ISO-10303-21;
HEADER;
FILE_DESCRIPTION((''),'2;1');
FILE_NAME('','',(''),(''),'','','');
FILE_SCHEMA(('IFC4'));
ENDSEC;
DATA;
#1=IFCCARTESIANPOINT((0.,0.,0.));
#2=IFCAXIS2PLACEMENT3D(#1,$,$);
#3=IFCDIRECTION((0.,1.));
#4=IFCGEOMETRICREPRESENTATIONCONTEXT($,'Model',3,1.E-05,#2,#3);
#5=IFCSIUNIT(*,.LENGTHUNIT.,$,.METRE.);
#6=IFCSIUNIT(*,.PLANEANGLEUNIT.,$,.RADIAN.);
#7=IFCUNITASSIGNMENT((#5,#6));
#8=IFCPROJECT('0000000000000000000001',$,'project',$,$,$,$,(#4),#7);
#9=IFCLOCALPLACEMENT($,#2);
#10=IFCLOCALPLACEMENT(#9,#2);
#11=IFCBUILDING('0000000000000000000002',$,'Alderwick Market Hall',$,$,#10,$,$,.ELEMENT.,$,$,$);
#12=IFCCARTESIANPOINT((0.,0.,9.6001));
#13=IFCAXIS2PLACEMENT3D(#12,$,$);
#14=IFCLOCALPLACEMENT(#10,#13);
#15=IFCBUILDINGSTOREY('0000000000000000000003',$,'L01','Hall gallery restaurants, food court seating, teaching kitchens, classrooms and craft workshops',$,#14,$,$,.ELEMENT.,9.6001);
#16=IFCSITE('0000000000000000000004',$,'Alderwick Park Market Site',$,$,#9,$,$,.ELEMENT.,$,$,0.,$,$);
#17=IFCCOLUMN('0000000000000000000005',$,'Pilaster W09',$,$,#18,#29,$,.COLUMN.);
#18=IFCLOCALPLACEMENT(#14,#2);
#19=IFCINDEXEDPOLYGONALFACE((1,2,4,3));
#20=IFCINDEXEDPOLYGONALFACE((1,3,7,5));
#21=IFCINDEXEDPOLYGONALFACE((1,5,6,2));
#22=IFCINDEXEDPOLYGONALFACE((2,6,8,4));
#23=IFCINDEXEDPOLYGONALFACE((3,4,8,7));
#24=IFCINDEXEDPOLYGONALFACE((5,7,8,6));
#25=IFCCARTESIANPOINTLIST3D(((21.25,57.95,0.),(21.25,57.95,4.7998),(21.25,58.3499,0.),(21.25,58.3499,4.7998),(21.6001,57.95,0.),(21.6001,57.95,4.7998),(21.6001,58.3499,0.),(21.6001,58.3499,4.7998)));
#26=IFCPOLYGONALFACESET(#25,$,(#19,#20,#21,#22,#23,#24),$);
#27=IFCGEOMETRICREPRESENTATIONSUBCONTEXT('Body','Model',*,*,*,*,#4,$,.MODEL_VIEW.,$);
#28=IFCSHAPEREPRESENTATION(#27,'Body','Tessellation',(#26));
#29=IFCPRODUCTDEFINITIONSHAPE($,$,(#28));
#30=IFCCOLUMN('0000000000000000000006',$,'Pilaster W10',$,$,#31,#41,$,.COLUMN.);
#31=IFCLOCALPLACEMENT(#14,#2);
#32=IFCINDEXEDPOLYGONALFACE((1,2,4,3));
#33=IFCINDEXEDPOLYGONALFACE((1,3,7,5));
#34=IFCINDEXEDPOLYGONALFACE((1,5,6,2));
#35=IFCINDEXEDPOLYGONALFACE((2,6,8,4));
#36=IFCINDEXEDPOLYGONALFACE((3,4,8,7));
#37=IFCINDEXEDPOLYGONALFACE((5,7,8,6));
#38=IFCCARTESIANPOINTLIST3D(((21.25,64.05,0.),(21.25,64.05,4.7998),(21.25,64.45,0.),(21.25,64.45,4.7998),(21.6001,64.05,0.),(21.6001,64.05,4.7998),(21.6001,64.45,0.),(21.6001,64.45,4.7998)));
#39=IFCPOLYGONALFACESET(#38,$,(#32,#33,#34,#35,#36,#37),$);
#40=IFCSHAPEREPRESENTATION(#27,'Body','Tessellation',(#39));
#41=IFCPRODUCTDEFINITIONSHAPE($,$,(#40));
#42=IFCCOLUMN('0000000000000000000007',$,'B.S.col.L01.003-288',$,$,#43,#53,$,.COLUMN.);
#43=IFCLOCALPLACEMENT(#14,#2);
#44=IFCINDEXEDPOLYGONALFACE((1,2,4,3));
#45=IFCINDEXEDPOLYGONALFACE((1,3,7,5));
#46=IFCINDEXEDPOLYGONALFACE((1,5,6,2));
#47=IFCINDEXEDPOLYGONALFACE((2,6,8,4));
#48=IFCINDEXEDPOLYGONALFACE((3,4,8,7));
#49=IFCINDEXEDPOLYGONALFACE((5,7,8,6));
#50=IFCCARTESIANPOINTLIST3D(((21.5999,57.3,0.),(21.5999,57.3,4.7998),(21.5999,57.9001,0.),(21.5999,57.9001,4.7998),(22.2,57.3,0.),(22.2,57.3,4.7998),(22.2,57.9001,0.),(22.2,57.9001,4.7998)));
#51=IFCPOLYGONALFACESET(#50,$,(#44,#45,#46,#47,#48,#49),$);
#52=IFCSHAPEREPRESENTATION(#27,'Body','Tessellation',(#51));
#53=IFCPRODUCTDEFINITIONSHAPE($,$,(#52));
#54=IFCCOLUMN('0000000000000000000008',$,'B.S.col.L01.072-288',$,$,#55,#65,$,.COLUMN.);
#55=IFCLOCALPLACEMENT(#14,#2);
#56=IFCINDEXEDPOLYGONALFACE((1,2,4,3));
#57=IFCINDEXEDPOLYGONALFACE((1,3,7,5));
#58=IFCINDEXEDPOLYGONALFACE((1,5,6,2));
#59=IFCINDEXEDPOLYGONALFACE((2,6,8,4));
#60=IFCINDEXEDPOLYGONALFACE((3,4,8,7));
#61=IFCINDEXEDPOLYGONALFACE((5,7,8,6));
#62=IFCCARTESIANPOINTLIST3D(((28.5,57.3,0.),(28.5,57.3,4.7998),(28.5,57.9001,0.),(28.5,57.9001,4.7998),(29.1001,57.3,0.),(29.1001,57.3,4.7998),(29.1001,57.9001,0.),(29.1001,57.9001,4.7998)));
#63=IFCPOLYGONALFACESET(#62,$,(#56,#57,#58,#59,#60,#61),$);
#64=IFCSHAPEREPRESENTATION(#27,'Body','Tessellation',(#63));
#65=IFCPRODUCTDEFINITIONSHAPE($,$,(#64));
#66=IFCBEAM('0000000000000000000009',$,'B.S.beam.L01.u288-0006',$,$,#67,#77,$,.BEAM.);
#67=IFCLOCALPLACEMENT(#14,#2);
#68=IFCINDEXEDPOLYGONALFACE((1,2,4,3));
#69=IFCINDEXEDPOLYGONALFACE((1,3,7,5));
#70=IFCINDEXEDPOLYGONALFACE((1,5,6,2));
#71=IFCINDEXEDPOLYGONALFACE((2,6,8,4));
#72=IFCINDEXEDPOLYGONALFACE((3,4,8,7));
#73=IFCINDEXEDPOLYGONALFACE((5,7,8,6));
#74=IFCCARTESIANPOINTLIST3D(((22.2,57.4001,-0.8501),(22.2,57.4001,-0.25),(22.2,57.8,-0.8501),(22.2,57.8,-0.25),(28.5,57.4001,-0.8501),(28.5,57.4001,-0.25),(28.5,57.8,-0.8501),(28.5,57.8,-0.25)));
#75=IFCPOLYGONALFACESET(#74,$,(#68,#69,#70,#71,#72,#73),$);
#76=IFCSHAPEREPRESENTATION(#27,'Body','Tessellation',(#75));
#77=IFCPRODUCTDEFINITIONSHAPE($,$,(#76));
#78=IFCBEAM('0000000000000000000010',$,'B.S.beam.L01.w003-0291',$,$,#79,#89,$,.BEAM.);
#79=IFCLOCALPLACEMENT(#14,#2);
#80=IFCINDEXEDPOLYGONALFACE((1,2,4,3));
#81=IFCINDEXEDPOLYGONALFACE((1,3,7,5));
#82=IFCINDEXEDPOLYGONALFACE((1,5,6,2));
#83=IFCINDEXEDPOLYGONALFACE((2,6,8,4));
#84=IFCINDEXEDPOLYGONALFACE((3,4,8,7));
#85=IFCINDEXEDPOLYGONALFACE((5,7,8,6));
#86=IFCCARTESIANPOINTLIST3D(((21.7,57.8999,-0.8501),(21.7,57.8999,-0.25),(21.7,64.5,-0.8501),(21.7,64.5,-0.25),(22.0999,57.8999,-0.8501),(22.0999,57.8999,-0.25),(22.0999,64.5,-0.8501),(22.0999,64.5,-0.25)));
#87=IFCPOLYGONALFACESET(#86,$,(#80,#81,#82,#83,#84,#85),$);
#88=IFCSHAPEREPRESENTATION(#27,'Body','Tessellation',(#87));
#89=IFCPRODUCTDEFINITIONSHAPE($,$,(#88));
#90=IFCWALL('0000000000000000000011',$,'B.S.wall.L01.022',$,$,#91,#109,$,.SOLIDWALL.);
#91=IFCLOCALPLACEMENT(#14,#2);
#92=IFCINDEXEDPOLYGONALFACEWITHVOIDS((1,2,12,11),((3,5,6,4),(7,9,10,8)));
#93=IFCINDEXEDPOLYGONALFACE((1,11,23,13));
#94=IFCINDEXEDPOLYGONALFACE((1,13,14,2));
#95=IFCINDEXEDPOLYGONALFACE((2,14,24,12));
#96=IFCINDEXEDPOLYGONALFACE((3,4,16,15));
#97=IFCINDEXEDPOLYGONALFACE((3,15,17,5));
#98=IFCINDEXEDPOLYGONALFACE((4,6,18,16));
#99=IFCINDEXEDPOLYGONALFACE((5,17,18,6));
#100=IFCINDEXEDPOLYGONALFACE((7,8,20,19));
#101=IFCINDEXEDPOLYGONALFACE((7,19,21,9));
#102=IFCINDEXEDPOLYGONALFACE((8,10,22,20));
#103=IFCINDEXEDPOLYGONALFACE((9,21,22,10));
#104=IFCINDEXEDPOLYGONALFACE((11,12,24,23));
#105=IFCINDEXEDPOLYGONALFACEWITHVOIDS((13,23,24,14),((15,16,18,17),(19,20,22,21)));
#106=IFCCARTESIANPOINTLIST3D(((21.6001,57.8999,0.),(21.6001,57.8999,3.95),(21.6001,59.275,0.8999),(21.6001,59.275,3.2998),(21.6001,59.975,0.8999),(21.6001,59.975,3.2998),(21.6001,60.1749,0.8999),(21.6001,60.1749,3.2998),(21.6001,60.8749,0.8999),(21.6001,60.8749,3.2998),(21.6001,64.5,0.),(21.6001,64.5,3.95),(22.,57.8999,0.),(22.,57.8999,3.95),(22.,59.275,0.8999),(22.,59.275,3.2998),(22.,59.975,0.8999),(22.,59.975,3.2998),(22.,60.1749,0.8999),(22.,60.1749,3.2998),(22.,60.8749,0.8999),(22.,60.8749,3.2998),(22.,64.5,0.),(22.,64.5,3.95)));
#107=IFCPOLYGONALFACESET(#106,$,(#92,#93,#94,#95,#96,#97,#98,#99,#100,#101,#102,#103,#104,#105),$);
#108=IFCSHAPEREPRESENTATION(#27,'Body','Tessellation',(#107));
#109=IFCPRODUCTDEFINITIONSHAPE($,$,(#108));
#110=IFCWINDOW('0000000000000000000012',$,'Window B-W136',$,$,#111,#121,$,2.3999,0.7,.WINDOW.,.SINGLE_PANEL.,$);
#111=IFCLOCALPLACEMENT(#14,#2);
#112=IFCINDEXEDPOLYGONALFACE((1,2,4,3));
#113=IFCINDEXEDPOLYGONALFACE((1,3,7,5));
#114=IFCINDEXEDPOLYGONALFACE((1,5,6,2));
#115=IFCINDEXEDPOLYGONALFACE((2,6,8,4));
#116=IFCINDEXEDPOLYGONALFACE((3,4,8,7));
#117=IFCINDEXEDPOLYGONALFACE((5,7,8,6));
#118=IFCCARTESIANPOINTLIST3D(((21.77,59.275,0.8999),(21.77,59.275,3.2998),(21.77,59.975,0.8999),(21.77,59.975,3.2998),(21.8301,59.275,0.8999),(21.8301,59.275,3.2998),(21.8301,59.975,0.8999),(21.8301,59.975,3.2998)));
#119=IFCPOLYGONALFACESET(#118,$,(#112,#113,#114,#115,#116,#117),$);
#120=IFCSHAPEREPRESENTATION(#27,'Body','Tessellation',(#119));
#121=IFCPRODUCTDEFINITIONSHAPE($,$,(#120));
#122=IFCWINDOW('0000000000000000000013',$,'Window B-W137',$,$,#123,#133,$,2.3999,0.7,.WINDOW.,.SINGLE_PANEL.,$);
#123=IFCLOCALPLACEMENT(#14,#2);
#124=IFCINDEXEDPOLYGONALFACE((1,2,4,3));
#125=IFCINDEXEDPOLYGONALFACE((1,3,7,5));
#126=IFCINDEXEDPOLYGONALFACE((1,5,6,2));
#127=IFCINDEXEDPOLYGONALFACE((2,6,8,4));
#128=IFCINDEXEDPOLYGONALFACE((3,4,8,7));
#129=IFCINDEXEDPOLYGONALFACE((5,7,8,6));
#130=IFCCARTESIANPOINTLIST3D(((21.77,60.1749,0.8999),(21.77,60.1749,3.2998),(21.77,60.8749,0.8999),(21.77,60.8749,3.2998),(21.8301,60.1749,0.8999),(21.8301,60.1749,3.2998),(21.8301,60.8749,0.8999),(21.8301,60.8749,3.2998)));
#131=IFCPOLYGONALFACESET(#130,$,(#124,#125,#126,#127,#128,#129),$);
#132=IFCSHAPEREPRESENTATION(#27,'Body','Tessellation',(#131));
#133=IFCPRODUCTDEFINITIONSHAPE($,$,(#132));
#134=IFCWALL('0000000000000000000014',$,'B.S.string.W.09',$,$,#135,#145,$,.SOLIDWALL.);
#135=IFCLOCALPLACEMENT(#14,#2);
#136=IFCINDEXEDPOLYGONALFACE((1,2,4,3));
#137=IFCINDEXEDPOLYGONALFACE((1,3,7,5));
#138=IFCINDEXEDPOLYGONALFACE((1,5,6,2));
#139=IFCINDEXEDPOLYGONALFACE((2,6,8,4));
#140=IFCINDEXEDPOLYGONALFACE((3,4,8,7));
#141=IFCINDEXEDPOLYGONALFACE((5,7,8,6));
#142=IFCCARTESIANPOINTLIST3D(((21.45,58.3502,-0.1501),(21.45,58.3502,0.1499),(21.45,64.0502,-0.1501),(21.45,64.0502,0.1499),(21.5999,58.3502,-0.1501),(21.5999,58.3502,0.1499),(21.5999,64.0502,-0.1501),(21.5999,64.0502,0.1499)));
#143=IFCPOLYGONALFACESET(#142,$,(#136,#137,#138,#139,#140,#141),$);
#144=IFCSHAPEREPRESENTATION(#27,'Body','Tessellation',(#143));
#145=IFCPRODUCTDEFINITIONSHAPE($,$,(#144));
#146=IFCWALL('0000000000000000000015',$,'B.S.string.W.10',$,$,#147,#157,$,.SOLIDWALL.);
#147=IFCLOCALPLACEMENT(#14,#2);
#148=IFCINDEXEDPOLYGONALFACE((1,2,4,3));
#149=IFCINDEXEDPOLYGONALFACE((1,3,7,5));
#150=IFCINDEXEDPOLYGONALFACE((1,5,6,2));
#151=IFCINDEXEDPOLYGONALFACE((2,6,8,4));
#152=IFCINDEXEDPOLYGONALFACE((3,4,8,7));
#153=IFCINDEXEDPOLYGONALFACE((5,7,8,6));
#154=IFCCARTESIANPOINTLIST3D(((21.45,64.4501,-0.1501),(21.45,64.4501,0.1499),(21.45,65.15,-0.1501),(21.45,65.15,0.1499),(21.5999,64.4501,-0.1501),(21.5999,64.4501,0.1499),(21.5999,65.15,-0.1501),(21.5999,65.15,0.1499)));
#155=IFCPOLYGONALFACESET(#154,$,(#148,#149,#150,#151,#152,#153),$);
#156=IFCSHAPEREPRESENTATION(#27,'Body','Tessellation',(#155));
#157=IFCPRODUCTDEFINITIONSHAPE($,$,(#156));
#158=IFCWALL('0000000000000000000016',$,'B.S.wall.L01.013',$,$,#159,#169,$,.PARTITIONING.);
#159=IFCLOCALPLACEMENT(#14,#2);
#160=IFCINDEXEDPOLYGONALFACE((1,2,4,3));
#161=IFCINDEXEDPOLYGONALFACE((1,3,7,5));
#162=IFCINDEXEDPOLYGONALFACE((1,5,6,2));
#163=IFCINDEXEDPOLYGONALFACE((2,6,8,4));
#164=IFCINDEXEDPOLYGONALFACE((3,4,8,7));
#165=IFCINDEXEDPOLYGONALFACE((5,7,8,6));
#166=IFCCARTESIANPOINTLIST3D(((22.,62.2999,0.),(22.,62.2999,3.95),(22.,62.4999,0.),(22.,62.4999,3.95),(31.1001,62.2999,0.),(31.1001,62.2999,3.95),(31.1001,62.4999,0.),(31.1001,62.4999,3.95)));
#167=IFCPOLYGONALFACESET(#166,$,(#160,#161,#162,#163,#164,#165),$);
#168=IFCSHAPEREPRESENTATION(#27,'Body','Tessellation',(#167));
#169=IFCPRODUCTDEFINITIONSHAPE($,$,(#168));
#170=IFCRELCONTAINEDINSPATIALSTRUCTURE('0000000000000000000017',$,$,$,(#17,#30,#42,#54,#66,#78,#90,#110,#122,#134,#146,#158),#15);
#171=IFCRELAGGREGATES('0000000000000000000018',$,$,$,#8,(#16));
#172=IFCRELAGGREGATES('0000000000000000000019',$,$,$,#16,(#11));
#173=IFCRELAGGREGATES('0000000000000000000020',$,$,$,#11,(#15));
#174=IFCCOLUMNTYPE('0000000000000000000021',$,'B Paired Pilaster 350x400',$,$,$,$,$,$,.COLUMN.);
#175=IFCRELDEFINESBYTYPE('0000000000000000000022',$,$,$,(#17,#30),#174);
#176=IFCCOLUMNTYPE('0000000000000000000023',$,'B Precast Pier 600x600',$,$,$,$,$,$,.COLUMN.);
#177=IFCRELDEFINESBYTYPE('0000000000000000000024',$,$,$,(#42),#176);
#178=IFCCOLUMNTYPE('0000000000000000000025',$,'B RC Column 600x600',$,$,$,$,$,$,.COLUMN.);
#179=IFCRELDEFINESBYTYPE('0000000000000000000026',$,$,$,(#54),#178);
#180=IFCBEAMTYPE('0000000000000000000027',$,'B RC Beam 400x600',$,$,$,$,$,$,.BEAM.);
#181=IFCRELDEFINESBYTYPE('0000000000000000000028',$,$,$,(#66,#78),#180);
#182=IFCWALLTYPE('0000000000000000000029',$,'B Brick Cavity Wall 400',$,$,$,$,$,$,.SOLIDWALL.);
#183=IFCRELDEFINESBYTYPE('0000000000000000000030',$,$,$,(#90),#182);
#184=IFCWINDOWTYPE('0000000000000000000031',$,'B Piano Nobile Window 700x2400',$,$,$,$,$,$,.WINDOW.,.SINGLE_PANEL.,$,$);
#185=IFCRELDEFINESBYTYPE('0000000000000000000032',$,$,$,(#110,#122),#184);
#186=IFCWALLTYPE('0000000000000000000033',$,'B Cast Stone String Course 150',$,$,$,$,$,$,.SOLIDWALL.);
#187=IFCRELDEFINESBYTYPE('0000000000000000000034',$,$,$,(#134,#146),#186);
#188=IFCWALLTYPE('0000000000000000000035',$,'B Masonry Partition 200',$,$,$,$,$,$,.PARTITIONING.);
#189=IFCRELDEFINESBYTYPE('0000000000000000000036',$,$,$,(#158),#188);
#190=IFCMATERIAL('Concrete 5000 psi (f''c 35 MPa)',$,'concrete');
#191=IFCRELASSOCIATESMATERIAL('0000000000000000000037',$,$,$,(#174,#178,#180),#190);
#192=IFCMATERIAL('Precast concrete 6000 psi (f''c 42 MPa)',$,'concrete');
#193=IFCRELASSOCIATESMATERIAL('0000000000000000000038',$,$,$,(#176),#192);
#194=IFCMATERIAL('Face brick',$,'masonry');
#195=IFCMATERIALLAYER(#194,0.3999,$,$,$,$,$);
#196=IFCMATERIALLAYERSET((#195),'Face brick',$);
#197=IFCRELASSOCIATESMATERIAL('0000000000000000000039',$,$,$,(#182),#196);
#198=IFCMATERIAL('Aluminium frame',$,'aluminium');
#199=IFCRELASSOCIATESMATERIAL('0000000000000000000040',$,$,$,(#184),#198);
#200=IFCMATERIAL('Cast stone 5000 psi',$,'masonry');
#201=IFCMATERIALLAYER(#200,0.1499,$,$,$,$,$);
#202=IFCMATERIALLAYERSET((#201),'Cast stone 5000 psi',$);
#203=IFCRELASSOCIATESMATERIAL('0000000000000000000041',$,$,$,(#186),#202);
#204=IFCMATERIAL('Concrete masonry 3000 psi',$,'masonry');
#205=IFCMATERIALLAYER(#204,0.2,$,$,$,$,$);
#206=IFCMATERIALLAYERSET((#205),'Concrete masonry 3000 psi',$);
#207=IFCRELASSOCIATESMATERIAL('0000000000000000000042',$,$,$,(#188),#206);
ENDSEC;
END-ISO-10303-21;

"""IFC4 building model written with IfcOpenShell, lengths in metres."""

from ifc_helpers import new_model, si_unit, direction, frame, frame_2d, origin, origin_2d, place, context, subcontext, project, spatial, rectangle, extrude, material, layer, layer_set, material_profile, profile_set, type_object, element, fill, save


model = new_model("IFC4")

# Units and contexts
model_context = context("Model", 3, precision=1e-05, world=origin(), true_north=direction((0.0, 1.0)))
body_context = subcontext(model_context, "Body", "Model", "MODEL_VIEW")
ifc_project = project(units=[si_unit("LENGTHUNIT", "METRE"), si_unit("PLANEANGLEUNIT", "RADIAN")], contexts=[model_context])

# Site, building, storey
site_placement = place(None, origin())
site = spatial("IfcSite", under=ifc_project, at=site_placement, Name="Alderwick Park Market Site", CompositionType="ELEMENT", RefElevation=0.0)
building_placement = place(site_placement, origin())
building = spatial("IfcBuilding", under=site, at=building_placement, Name="Alderwick Market Hall", CompositionType="ELEMENT")
storey_placement = place(building_placement, frame((0.0, 0.0, 9.6001)))
storey = spatial("IfcBuildingStorey", under=building, at=storey_placement, Name="L01", Description="Hall gallery restaurants, food court seating, teaching kitchens, classrooms and craft workshops", CompositionType="ELEMENT", Elevation=9.6001)

# Columns
ifc_material_1 = material(Name="Concrete 5000 psi (f'c 35 MPa)", Category="concrete")
ifc_material_profile_1 = material_profile(ifc_material_1, rectangle(XDim=0.3501, YDim=0.3999, at=origin_2d()), Name="B Paired Pilaster 350x400")
ifc_profile_set_1 = profile_set([ifc_material_profile_1], Name="Concrete 5000 psi (f'c 35 MPa)")
column_type_1 = type_object("IfcColumnType", Name="B Paired Pilaster 350x400", PredefinedType="COLUMN", material=ifc_profile_set_1)
for number, where, z_axis, x_axis, name in (
    (1, (21.425, 58.1499, 0.0), (0.0, 0.0, 1.0), (1.0, 0.0, 0.0), "Pilaster W09"),
    (2, (21.425, 64.25, 0.0), (0.0, 0.0, 1.0), (1.0, 0.0, 0.0), "Pilaster W10"),
):
    element("IfcColumn", number, at=place(storey_placement, frame(where, z_axis=z_axis, x_axis=x_axis)), inside=storey, type_object=column_type_1, Name=name, PredefinedType="COLUMN", context=body_context, shape_type="SweptSolid", body=[
        extrude(rectangle(XDim=0.3501, YDim=0.3999, at=origin_2d()), origin(), (0.0, 0.0, 1.0), 4.7998),
    ])
ifc_material_2 = material(Name="Precast concrete 6000 psi (f'c 42 MPa)", Category="concrete")
ifc_material_profile_2 = material_profile(ifc_material_2, rectangle(XDim=0.6001, YDim=0.6001, at=origin_2d()), Name="B Precast Pier 600x600")
ifc_profile_set_2 = profile_set([ifc_material_profile_2], Name="Precast concrete 6000 psi (f'c 42 MPa)")
column_type_2 = type_object("IfcColumnType", Name="B Precast Pier 600x600", PredefinedType="COLUMN", material=ifc_profile_set_2)
column_1_placement = place(storey_placement, frame((21.8999, 57.6001, 0.0), z_axis=(0.0, 0.0, 1.0), x_axis=(1.0, 0.0, 0.0)))
element("IfcColumn", 3, at=column_1_placement, inside=storey, type_object=column_type_2, Name="B.S.col.L01.003-288", PredefinedType="COLUMN", context=body_context, shape_type="SweptSolid", body=[
    extrude(rectangle(XDim=0.6001, YDim=0.6001, at=origin_2d()), origin(), (0.0, 0.0, 1.0), 4.7998),
])
ifc_material_profile_3 = material_profile(ifc_material_1, rectangle(XDim=0.6001, YDim=0.6001, at=origin_2d()), Name="B RC Column 600x600")
ifc_profile_set_3 = profile_set([ifc_material_profile_3], Name="Concrete 5000 psi (f'c 35 MPa)")
column_type_3 = type_object("IfcColumnType", Name="B RC Column 600x600", PredefinedType="COLUMN", material=ifc_profile_set_3)
column_2_placement = place(storey_placement, frame((28.8, 57.6001, 0.0), z_axis=(0.0, 0.0, 1.0), x_axis=(1.0, 0.0, 0.0)))
element("IfcColumn", 4, at=column_2_placement, inside=storey, type_object=column_type_3, Name="B.S.col.L01.072-288", PredefinedType="COLUMN", context=body_context, shape_type="SweptSolid", body=[
    extrude(rectangle(XDim=0.6001, YDim=0.6001, at=origin_2d()), origin(), (0.0, 0.0, 1.0), 4.7998),
])

# Beams
ifc_material_profile_4 = material_profile(ifc_material_1, rectangle(XDim=0.3999, YDim=0.6001, at=origin_2d()), Name="B RC Beam 400x600")
ifc_profile_set_4 = profile_set([ifc_material_profile_4], Name="Concrete 5000 psi (f'c 35 MPa)")
beam_type = type_object("IfcBeamType", Name="B RC Beam 400x600", PredefinedType="BEAM", material=ifc_profile_set_4)
beam_1_placement = place(storey_placement, frame((22.2, 57.6001, -0.55), z_axis=(1.0, 0.0, 0.0), x_axis=(0.0, 1.0, 0.0)))
element("IfcBeam", 5, at=beam_1_placement, inside=storey, type_object=beam_type, Name="B.S.beam.L01.u288-0006", PredefinedType="BEAM", context=body_context, shape_type="SweptSolid", body=[
    extrude(rectangle(XDim=0.3999, YDim=0.6001, at=origin_2d()), origin(), (0.0, 0.0, 1.0), 6.3),
])
beam_2_placement = place(storey_placement, frame((21.8999, 57.8999, -0.55), z_axis=(0.0, 1.0, 0.0), x_axis=(-1.0, 0.0, 0.0)))
element("IfcBeam", 6, at=beam_2_placement, inside=storey, type_object=beam_type, Name="B.S.beam.L01.w003-0291", PredefinedType="BEAM", context=body_context, shape_type="SweptSolid", body=[
    extrude(rectangle(XDim=0.3999, YDim=0.6001, at=origin_2d()), origin(), (0.0, 0.0, 1.0), 6.6001),
])

# Wall, openings, windows
ifc_material_3 = material(Name="Face brick", Category="masonry")
ifc_layer_1 = layer(ifc_material_3, 0.3999)
ifc_layer_set_1 = layer_set([ifc_layer_1], Name="Face brick")
wall_type_1 = type_object("IfcWallType", Name="B Brick Cavity Wall 400", PredefinedType="SOLIDWALL", material=ifc_layer_set_1)
wall_1_placement = place(storey_placement, frame((21.8, 57.8999, 0.0), z_axis=(0.0, 0.0, 1.0), x_axis=(0.0, 1.0, 0.0)))
wall_1 = element("IfcWall", 7, at=wall_1_placement, inside=storey, type_object=wall_type_1, Name="B.S.wall.L01.022", PredefinedType="SOLIDWALL", context=body_context, shape_type="SweptSolid", body=[
    extrude(rectangle(XDim=6.6001, YDim=0.3999, at=frame_2d((3.3, 0.0))), origin(), (0.0, 0.0, 1.0), 3.95),
])
opening_1_placement = place(wall_1_placement, frame((1.375, 0.0, 0.8999)))
opening_1 = element("IfcOpeningElement", 8, at=opening_1_placement, cuts=wall_1, PredefinedType="OPENING", context=body_context, shape_type="SweptSolid", body=[
    extrude(rectangle(XDim=0.7, YDim=2.3999, at=frame_2d((0.3501, 1.2))), frame((0.0, 0.21, 0.0), z_axis=(0.0, -1.0, 0.0), x_axis=(1.0, 0.0, 0.0)), (0.0, 0.0, 1.0), 0.4199),
])
opening_2_placement = place(wall_1_placement, frame((2.2749, 0.0, 0.8999)))
opening_2 = element("IfcOpeningElement", 9, at=opening_2_placement, cuts=wall_1, PredefinedType="OPENING", context=body_context, shape_type="SweptSolid", body=[
    extrude(rectangle(XDim=0.7, YDim=2.3999, at=frame_2d((0.3501, 1.2))), frame((0.0, 0.21, 0.0), z_axis=(0.0, -1.0, 0.0), x_axis=(1.0, 0.0, 0.0)), (0.0, 0.0, 1.0), 0.4199),
])
ifc_material_4 = material(Name="Aluminium frame", Category="aluminium")
window_type = type_object("IfcWindowType", Name="B Piano Nobile Window 700x2400", PartitioningType="SINGLE_PANEL", PredefinedType="WINDOW", material=ifc_material_4)
window_1_placement = place(opening_1_placement, origin())
window_1 = element("IfcWindow", 10, at=window_1_placement, inside=storey, type_object=window_type, Name="Window B-W136", OverallHeight=2.3999, OverallWidth=0.7, PartitioningType="SINGLE_PANEL", PredefinedType="WINDOW", context=body_context, shape_type="SweptSolid", body=[
    extrude(rectangle(XDim=0.7, YDim=2.3999, at=frame_2d((0.3501, 1.2))), frame((0.0, 0.03, 0.0), z_axis=(0.0, -1.0, 0.0), x_axis=(1.0, 0.0, 0.0)), (0.0, 0.0, 1.0), 0.0601),
])
fill(opening_1, window_1)
window_2_placement = place(opening_2_placement, origin())
window_2 = element("IfcWindow", 11, at=window_2_placement, inside=storey, type_object=window_type, Name="Window B-W137", OverallHeight=2.3999, OverallWidth=0.7, PartitioningType="SINGLE_PANEL", PredefinedType="WINDOW", context=body_context, shape_type="SweptSolid", body=[
    extrude(rectangle(XDim=0.7, YDim=2.3999, at=frame_2d((0.3501, 1.2))), frame((0.0, 0.03, 0.0), z_axis=(0.0, -1.0, 0.0), x_axis=(1.0, 0.0, 0.0)), (0.0, 0.0, 1.0), 0.0601),
])
fill(opening_2, window_2)

# Walls
ifc_material_5 = material(Name="Cast stone 5000 psi", Category="masonry")
ifc_layer_2 = layer(ifc_material_5, 0.1499)
ifc_layer_set_2 = layer_set([ifc_layer_2], Name="Cast stone 5000 psi")
wall_type_2 = type_object("IfcWallType", Name="B Cast Stone String Course 150", PredefinedType="SOLIDWALL", material=ifc_layer_set_2)
wall_2_placement = place(storey_placement, frame((21.5249, 58.3501, -0.1501), z_axis=(0.0, 0.0, 1.0), x_axis=(0.0, 1.0, 0.0)))
element("IfcWall", 12, at=wall_2_placement, inside=storey, type_object=wall_type_2, Name="B.S.string.W.09", PredefinedType="SOLIDWALL", context=body_context, shape_type="SweptSolid", body=[
    extrude(rectangle(XDim=5.7, YDim=0.1499, at=frame_2d((2.8501, 0.0))), origin(), (0.0, 0.0, 1.0), 0.3),
])
wall_3_placement = place(storey_placement, frame((21.5249, 64.45, -0.1501), z_axis=(0.0, 0.0, 1.0), x_axis=(0.0, 1.0, 0.0)))
element("IfcWall", 13, at=wall_3_placement, inside=storey, type_object=wall_type_2, Name="B.S.string.W.10", PredefinedType="SOLIDWALL", context=body_context, shape_type="SweptSolid", body=[
    extrude(rectangle(XDim=0.7, YDim=0.1499, at=frame_2d((0.3501, 0.0))), origin(), (0.0, 0.0, 1.0), 0.3),
])
ifc_material_6 = material(Name="Concrete masonry 3000 psi", Category="masonry")
ifc_layer_3 = layer(ifc_material_6, 0.2)
ifc_layer_set_3 = layer_set([ifc_layer_3], Name="Concrete masonry 3000 psi")
wall_type_3 = type_object("IfcWallType", Name="B Masonry Partition 200", PredefinedType="PARTITIONING", material=ifc_layer_set_3)
wall_4_placement = place(storey_placement, frame((22.0, 62.3999, 0.0), z_axis=(0.0, 0.0, 1.0), x_axis=(1.0, 0.0, 0.0)))
element("IfcWall", 14, at=wall_4_placement, inside=storey, type_object=wall_type_3, Name="B.S.wall.L01.013", PredefinedType="PARTITIONING", context=body_context, shape_type="SweptSolid", body=[
    extrude(rectangle(XDim=9.1001, YDim=0.2, at=frame_2d((4.55, 0.0))), origin(), (0.0, 0.0, 1.0), 3.95),
])

save(model, "model.ifc")
